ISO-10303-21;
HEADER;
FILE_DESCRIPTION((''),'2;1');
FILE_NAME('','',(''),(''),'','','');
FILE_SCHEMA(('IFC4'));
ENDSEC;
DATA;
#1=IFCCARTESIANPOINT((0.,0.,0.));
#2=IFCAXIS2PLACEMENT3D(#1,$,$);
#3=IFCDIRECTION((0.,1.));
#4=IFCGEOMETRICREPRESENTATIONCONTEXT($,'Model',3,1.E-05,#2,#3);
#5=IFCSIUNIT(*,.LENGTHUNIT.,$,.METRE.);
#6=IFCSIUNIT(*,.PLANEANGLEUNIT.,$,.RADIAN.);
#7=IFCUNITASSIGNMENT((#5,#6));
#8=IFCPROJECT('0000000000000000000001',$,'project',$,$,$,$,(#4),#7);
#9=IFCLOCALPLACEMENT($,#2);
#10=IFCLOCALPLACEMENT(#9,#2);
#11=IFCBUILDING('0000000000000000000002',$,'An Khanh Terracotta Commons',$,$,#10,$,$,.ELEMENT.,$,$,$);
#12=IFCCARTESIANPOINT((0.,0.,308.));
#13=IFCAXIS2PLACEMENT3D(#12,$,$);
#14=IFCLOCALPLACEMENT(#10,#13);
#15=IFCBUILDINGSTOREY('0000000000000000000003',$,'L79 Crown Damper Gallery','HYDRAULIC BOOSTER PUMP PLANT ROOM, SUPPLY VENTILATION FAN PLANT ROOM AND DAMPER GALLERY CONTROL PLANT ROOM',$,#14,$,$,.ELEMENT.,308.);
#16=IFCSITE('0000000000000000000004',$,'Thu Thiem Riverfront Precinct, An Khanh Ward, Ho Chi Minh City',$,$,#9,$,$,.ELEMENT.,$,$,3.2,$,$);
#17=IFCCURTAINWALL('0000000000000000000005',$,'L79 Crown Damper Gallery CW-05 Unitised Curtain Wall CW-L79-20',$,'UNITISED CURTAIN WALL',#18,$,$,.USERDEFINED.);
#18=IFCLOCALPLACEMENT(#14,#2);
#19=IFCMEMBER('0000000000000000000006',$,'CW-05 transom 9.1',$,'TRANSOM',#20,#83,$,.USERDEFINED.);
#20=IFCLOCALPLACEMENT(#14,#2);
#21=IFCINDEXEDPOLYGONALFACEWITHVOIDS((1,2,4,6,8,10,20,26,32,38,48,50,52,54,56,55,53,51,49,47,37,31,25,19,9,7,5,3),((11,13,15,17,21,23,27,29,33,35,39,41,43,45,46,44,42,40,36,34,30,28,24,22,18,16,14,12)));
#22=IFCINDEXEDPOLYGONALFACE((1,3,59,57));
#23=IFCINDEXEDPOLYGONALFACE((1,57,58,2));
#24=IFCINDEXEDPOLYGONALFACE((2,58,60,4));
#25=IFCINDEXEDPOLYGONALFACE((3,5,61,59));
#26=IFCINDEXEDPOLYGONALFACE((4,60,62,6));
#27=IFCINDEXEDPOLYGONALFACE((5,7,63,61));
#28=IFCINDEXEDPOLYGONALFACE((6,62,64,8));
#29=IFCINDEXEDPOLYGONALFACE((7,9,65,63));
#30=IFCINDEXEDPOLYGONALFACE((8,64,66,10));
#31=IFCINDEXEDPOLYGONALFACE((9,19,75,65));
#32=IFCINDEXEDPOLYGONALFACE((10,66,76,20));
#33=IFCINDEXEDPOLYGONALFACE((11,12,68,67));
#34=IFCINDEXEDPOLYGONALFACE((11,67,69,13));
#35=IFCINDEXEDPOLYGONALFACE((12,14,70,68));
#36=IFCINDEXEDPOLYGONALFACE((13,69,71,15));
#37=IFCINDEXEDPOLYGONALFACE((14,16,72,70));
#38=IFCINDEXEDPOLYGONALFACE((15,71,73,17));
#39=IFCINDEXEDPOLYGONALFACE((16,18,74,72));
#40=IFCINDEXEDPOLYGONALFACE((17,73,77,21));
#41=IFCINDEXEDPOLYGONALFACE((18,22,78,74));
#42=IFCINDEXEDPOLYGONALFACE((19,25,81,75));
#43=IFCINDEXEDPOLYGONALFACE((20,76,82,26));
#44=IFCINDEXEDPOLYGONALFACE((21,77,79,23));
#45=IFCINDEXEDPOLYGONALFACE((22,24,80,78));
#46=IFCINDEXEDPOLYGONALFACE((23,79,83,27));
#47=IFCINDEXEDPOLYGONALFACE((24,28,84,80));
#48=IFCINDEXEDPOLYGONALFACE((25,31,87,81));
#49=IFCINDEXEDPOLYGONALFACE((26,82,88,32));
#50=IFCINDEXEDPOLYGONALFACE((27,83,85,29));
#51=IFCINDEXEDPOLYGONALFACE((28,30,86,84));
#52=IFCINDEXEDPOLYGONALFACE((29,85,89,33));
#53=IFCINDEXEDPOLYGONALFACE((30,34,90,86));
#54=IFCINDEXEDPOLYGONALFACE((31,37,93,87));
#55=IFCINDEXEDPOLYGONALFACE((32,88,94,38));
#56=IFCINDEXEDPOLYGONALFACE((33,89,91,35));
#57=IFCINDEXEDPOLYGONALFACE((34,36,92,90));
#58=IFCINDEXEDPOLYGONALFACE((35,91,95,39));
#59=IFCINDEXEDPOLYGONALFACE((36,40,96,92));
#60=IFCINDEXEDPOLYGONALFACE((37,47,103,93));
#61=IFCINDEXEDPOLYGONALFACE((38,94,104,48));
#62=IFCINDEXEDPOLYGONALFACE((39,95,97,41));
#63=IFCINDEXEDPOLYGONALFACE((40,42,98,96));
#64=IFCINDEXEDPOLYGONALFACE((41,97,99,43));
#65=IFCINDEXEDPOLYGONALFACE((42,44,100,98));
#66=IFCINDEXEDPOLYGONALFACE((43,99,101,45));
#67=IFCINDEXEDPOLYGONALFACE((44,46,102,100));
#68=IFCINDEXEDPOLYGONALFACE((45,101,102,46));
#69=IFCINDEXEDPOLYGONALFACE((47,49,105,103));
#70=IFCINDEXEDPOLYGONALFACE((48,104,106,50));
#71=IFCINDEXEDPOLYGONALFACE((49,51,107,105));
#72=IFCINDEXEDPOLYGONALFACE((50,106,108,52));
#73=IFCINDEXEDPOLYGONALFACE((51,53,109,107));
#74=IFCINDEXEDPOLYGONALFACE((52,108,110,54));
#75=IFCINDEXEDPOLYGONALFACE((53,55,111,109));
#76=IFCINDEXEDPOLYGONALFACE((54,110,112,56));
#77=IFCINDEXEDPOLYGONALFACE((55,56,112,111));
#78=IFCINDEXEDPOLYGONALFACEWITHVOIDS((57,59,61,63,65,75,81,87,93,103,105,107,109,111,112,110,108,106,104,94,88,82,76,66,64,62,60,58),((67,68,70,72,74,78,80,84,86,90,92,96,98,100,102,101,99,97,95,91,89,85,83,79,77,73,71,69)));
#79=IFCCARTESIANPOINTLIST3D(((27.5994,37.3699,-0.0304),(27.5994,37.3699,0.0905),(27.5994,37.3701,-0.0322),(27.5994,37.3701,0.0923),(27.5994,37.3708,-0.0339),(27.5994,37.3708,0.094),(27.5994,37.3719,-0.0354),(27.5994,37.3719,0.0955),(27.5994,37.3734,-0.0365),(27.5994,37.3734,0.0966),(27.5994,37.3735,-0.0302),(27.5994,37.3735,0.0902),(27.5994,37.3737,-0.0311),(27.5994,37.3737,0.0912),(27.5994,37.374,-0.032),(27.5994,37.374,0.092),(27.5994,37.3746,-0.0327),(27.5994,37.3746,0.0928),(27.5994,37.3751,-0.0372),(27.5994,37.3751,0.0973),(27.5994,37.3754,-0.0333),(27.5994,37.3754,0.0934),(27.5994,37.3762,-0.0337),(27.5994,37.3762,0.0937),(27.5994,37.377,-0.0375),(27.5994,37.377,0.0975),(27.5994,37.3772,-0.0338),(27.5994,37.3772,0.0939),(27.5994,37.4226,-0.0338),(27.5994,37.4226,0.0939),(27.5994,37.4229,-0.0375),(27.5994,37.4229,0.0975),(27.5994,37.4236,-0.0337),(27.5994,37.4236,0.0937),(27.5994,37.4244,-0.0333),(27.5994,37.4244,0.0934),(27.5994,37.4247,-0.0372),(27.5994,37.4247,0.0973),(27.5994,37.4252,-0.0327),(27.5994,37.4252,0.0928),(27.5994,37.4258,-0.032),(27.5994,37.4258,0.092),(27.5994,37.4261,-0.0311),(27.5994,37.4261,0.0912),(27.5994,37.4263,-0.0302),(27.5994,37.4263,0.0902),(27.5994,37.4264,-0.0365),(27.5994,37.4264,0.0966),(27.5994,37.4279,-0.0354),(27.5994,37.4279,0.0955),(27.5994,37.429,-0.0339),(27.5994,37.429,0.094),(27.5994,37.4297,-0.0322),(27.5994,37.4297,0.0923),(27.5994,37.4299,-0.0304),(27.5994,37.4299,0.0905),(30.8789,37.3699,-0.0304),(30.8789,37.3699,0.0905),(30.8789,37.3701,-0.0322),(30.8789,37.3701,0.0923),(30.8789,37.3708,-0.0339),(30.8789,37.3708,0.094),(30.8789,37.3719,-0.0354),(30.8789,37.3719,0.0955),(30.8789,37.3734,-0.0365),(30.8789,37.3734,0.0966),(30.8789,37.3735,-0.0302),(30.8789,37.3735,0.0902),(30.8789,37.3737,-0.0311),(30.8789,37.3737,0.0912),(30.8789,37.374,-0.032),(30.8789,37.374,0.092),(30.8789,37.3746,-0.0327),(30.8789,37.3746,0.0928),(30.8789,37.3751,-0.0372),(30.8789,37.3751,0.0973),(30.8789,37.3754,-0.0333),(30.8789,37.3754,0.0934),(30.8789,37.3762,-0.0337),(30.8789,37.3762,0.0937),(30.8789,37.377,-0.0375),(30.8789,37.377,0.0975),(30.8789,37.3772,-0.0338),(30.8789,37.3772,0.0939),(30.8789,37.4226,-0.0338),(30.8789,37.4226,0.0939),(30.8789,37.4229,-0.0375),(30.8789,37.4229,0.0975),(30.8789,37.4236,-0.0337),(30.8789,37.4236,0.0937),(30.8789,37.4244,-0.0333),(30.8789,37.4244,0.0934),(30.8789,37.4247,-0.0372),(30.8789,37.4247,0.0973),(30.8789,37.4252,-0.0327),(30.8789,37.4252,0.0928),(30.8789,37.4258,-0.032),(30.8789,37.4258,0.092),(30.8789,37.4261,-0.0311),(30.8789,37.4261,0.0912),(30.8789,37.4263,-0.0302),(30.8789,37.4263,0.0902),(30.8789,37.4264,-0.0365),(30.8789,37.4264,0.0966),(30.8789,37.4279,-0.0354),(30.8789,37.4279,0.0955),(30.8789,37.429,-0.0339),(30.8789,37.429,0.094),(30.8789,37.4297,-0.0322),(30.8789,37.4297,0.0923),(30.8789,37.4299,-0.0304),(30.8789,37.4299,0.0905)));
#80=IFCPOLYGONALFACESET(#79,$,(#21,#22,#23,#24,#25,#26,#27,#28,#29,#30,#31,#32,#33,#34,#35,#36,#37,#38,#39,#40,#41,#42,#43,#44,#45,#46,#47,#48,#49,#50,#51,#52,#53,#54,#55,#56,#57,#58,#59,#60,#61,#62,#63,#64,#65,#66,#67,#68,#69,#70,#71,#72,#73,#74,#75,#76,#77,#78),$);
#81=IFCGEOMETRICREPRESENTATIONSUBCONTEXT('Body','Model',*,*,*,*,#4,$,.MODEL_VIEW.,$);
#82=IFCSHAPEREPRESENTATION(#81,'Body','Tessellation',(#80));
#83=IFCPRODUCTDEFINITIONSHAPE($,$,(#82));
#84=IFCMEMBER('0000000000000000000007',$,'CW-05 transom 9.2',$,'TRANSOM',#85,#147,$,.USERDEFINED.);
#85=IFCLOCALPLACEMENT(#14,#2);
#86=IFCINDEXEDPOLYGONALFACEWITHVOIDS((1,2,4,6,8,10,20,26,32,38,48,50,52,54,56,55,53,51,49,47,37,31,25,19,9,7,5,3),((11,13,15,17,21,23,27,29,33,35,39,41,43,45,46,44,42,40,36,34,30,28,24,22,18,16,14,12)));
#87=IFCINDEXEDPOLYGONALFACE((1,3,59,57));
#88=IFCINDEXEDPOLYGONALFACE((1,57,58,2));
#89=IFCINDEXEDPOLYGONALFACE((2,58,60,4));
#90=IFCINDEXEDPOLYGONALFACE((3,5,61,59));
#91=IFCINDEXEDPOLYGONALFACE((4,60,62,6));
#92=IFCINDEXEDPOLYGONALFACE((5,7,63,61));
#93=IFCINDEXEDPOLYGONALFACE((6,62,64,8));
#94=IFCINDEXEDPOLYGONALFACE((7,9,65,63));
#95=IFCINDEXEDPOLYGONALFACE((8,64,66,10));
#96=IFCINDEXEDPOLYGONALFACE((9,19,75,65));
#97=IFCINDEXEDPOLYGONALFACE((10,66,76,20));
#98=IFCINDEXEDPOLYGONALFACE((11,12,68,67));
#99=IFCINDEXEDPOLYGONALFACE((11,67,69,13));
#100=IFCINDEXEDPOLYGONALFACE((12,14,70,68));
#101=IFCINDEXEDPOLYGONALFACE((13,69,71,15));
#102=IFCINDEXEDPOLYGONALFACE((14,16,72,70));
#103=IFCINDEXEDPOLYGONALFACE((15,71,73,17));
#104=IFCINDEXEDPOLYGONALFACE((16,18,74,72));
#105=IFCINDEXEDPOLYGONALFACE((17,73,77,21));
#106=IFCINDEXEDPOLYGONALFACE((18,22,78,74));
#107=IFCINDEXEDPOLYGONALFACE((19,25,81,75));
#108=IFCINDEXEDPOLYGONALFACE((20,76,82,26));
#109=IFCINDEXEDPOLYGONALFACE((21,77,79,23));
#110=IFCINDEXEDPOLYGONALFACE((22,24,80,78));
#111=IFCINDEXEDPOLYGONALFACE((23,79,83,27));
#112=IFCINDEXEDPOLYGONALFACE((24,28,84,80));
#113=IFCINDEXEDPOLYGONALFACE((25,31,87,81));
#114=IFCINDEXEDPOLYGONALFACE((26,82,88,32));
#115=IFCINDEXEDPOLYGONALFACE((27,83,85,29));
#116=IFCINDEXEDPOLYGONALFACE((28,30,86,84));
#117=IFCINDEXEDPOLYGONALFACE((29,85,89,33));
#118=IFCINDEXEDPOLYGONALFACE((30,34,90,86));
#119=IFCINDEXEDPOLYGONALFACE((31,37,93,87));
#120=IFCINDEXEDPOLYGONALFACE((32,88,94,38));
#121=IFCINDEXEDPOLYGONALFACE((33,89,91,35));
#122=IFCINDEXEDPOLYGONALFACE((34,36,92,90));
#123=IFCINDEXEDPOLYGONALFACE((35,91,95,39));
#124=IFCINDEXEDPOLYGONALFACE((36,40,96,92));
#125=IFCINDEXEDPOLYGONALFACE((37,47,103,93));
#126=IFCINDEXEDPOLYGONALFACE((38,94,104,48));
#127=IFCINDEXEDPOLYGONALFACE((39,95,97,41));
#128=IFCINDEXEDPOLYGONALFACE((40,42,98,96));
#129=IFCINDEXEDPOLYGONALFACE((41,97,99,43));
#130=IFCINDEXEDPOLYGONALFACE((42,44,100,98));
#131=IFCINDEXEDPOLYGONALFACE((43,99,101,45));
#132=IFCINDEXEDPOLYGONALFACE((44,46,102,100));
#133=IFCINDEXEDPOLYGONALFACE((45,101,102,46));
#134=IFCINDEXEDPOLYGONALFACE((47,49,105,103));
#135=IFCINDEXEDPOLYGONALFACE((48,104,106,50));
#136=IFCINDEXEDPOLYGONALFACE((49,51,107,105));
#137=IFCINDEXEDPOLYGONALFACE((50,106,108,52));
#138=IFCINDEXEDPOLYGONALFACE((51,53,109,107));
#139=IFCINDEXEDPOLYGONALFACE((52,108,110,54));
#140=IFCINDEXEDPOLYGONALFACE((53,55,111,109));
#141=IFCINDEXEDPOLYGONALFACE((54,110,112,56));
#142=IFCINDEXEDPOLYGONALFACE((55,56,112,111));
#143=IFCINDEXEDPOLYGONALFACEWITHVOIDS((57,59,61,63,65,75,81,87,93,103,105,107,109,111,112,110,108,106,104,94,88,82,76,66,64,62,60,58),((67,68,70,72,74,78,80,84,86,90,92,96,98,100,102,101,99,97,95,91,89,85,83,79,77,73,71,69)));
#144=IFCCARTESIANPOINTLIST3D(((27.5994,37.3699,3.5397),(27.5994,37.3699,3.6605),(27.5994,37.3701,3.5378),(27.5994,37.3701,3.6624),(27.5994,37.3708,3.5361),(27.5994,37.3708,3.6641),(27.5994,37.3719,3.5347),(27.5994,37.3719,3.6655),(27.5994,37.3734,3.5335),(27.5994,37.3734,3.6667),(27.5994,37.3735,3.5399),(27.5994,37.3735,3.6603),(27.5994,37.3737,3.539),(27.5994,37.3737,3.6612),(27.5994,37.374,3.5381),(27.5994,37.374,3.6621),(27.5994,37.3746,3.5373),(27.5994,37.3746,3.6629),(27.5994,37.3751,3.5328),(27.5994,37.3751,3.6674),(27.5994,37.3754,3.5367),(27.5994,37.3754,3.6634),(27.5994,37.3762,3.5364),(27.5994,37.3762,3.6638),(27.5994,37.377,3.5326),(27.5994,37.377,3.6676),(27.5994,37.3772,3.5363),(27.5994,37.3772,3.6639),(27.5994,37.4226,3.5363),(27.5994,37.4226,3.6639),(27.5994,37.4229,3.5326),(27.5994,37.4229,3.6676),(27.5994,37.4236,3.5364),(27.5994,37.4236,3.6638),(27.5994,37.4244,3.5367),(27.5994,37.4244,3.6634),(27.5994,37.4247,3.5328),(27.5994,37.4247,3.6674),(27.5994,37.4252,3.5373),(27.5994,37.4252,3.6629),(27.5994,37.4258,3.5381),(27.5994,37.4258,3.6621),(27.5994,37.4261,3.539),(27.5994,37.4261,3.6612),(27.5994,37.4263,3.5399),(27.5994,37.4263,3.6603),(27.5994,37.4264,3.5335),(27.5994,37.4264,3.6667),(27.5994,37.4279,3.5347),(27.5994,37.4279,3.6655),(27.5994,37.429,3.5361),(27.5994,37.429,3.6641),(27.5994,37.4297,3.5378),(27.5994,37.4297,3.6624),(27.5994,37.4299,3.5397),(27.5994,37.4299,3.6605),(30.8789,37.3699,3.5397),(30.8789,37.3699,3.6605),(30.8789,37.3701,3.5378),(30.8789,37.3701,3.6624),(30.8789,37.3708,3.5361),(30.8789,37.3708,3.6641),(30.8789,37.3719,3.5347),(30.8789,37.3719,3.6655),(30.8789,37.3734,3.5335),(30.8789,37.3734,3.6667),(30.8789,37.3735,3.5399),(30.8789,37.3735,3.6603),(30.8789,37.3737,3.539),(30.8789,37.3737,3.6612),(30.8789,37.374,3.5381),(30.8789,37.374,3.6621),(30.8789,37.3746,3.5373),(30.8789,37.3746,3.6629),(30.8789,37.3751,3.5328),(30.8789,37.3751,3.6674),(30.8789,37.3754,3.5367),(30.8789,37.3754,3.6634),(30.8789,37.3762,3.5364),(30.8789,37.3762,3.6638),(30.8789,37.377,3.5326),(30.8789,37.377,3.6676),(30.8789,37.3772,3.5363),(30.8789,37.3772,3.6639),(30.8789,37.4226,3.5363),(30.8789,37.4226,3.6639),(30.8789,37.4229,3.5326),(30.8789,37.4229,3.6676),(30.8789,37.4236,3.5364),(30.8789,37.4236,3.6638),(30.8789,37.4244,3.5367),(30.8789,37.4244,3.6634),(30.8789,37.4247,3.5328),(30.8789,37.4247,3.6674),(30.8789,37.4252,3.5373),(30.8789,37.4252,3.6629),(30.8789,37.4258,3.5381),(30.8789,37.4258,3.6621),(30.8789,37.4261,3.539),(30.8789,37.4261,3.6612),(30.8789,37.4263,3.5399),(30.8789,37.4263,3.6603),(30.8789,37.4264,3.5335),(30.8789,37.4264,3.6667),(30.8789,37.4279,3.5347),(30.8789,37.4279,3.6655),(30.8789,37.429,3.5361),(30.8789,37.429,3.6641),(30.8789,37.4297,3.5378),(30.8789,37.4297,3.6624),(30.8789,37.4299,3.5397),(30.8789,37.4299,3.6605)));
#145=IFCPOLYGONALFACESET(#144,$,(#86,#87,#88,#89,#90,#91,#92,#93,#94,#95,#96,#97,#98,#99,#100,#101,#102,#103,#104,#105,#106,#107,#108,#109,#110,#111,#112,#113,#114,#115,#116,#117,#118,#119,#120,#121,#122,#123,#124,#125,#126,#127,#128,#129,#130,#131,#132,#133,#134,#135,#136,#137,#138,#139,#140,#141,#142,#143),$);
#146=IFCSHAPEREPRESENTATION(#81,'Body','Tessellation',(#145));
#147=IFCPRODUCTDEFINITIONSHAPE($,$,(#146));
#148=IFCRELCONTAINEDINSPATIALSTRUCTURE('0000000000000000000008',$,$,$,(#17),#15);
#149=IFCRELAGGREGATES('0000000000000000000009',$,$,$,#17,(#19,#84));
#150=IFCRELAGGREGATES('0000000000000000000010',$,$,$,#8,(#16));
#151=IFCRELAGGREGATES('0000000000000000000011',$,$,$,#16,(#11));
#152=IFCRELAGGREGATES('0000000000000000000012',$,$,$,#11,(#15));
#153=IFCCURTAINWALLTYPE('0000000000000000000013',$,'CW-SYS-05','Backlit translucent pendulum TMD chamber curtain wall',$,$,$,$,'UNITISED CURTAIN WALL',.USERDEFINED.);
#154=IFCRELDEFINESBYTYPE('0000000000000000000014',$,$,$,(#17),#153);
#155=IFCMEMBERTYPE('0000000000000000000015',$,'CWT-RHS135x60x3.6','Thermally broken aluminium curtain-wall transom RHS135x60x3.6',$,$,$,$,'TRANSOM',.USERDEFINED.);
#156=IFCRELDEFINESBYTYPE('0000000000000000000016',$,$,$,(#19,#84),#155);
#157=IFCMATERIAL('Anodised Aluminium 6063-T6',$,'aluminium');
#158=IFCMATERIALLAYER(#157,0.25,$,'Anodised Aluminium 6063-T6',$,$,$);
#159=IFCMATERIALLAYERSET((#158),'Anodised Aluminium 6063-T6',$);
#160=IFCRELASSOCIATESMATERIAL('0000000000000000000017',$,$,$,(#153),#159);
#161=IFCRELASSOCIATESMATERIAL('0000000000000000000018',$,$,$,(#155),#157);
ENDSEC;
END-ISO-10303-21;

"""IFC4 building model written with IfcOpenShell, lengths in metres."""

from ifc_helpers import new_model, si_unit, direction, frame, origin, origin_2d, place, context, subcontext, project, spatial, hollow_rectangle, extrude, material, layer, layer_set, material_profile, profile_set, type_object, element, aggregate, save


model = new_model("IFC4")

# Units and contexts
model_context = context("Model", 3, precision=1e-05, world=origin(), true_north=direction((0.0, 1.0)))
body_context = subcontext(model_context, "Body", "Model", "MODEL_VIEW")
ifc_project = project(units=[si_unit("LENGTHUNIT", "METRE"), si_unit("PLANEANGLEUNIT", "RADIAN")], contexts=[model_context])

# Site, building, storey
site_placement = place(None, origin())
site = spatial("IfcSite", under=ifc_project, at=site_placement, Name="Thu Thiem Riverfront Precinct, An Khanh Ward, Ho Chi Minh City", CompositionType="ELEMENT", RefElevation=3.2)
building_placement = place(site_placement, origin())
building = spatial("IfcBuilding", under=site, at=building_placement, Name="An Khanh Terracotta Commons", CompositionType="ELEMENT")
storey_placement = place(building_placement, frame((0.0, 0.0, 308.0)))
storey = spatial("IfcBuildingStorey", under=building, at=storey_placement, Name="L79 Crown Damper Gallery", Description="HYDRAULIC BOOSTER PUMP PLANT ROOM, SUPPLY VENTILATION FAN PLANT ROOM AND DAMPER GALLERY CONTROL PLANT ROOM", CompositionType="ELEMENT", Elevation=308.0)

# Curtain wall, members
ifc_material_1 = material(Name="Anodised Aluminium 6063-T6", Category="aluminium")
ifc_layer_1 = layer(ifc_material_1, 0.25, Name="Anodised Aluminium 6063-T6")
ifc_layer_set_1 = layer_set([ifc_layer_1], Name="Anodised Aluminium 6063-T6")
curtain_wall_type = type_object("IfcCurtainWallType", Name="CW-SYS-05", Description="Backlit translucent pendulum TMD chamber curtain wall", ElementType="UNITISED CURTAIN WALL", PredefinedType="USERDEFINED", material=ifc_layer_set_1)
curtain_wall_placement = place(storey_placement, origin())
curtain_wall = element("IfcCurtainWall", 1, at=curtain_wall_placement, inside=storey, type_object=curtain_wall_type, Name="L79 Crown Damper Gallery CW-05 Unitised Curtain Wall CW-L79-20", ObjectType="UNITISED CURTAIN WALL", PredefinedType="USERDEFINED")
ifc_material_profile_1 = material_profile(ifc_material_1, hollow_rectangle(XDim=0.0601, YDim=0.135, WallThickness=0.0037, InnerFilletRadius=0.0037, OuterFilletRadius=0.0071, at=origin_2d()), Name="RHS135x60x3.6")
ifc_profile_set_1 = profile_set([ifc_material_profile_1], Name="Anodised Aluminium 6063-T6")
member_type_1 = type_object("IfcMemberType", Name="CWT-RHS135x60x3.6", Description="Thermally broken aluminium curtain-wall transom RHS135x60x3.6", ElementType="TRANSOM", PredefinedType="USERDEFINED", material=ifc_profile_set_1)
member_1_placement = place(storey_placement, frame((30.8789, 37.3999, 0.03), z_axis=(-1.0, 0.0, 0.0), x_axis=(0.0, -1.0, 0.0)))
member_1 = element("IfcMember", 2, at=member_1_placement, type_object=member_type_1, Name="CW-05 transom 9.1", ObjectType="TRANSOM", PredefinedType="USERDEFINED", context=body_context, shape_type="SweptSolid", body=[
    extrude(hollow_rectangle(XDim=0.0601, YDim=0.135, WallThickness=0.0037, InnerFilletRadius=0.0037, OuterFilletRadius=0.0071, at=origin_2d()), origin(), (0.0, 0.0, 1.0), 3.2795),
])
member_2_placement = place(storey_placement, frame((30.8789, 37.3999, 3.6001), z_axis=(-1.0, 0.0, 0.0), x_axis=(0.0, -1.0, 0.0)))
member_2 = element("IfcMember", 3, at=member_2_placement, type_object=member_type_1, Name="CW-05 transom 9.2", ObjectType="TRANSOM", PredefinedType="USERDEFINED", context=body_context, shape_type="SweptSolid", body=[
    extrude(hollow_rectangle(XDim=0.0601, YDim=0.135, WallThickness=0.0037, InnerFilletRadius=0.0037, OuterFilletRadius=0.0071, at=origin_2d()), origin(), (0.0, 0.0, 1.0), 3.2795),
])
aggregate(curtain_wall, [member_1, member_2])

save(model, "model.ifc")
